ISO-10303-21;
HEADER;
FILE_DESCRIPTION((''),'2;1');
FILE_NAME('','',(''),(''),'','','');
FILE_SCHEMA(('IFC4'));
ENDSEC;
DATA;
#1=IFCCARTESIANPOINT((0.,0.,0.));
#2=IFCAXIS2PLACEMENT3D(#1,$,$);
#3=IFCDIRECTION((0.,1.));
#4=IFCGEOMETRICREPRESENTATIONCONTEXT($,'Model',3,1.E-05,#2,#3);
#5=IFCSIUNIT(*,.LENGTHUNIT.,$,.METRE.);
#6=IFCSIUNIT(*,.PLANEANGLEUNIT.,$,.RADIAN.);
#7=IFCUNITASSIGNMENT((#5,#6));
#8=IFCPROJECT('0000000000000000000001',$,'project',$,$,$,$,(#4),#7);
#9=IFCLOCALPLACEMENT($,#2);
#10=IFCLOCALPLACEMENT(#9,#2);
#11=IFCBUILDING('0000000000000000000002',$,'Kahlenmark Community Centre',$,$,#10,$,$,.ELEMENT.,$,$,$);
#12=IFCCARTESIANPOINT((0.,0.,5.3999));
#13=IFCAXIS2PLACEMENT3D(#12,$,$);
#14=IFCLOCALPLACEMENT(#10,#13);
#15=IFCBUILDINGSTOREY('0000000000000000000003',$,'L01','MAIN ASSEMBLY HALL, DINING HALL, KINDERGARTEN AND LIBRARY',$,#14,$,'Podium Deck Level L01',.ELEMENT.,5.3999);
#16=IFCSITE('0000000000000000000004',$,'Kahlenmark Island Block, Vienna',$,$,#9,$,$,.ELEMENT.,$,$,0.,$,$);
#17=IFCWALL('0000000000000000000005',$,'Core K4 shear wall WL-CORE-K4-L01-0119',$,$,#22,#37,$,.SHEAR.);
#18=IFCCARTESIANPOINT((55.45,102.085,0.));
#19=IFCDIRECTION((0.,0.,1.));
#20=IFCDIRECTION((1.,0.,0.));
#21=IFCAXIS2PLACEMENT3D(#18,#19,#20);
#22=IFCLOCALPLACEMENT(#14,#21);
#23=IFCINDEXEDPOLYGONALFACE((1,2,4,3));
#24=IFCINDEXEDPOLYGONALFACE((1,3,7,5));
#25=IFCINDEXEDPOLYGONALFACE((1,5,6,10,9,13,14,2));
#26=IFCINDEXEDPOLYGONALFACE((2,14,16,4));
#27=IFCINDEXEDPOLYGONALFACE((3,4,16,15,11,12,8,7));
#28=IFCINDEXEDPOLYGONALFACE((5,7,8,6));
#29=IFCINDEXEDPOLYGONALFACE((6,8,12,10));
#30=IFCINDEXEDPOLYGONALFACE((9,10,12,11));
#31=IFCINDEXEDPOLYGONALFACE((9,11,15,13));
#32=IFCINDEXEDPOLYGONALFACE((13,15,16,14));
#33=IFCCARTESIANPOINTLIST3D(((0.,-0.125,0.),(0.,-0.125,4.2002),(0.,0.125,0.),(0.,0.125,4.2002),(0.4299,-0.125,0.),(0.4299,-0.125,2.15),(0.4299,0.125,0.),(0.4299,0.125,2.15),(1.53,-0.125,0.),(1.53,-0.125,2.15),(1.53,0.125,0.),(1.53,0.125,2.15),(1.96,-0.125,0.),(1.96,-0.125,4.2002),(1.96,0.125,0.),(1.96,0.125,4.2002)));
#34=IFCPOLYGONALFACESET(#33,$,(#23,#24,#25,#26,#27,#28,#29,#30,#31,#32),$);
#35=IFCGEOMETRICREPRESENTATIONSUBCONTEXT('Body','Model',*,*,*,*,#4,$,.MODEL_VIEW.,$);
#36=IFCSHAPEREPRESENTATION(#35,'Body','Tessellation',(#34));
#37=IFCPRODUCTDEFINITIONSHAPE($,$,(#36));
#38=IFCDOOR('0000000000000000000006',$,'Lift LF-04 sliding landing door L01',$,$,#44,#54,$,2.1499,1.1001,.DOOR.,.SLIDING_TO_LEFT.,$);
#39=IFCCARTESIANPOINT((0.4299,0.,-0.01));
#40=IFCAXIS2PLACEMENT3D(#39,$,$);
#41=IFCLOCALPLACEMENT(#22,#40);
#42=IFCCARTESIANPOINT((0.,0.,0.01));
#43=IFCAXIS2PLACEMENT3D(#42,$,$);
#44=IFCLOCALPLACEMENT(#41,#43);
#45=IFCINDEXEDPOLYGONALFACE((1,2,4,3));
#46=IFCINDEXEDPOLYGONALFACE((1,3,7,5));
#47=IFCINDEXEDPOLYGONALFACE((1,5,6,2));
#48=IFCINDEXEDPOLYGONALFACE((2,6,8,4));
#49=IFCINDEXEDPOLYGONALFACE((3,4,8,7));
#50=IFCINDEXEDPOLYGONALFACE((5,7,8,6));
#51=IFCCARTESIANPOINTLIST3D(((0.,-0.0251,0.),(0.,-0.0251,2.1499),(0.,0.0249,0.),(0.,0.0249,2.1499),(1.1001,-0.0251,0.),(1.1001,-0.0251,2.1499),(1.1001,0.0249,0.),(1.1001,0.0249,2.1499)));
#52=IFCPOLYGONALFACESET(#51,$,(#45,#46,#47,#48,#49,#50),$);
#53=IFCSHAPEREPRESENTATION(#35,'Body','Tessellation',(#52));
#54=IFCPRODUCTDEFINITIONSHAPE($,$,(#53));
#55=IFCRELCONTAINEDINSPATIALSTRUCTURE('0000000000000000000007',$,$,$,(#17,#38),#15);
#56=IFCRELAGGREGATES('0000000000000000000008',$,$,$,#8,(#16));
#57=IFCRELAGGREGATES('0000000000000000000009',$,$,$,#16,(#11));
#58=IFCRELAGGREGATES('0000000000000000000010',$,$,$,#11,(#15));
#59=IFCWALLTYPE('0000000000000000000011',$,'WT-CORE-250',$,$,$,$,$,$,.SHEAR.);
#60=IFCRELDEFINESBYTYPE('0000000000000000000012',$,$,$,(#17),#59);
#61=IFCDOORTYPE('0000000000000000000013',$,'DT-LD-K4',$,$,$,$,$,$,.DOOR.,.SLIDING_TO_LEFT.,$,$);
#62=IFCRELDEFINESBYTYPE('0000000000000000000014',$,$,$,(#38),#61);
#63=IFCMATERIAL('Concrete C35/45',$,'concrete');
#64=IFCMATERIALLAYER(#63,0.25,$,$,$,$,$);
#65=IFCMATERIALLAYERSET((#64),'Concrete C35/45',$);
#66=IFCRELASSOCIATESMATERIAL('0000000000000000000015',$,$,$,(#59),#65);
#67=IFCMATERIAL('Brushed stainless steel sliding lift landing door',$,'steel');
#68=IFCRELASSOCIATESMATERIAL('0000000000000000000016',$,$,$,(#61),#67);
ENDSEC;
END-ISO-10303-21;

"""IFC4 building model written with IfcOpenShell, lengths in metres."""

from ifc_helpers import new_model, si_unit, direction, frame, frame_2d, origin, place, context, subcontext, project, spatial, rectangle, extrude, material, layer, layer_set, type_object, element, fill, save


model = new_model("IFC4")

# Units and contexts
model_context = context("Model", 3, precision=1e-05, world=origin(), true_north=direction((0.0, 1.0)))
body_context = subcontext(model_context, "Body", "Model", "MODEL_VIEW")
ifc_project = project(units=[si_unit("LENGTHUNIT", "METRE"), si_unit("PLANEANGLEUNIT", "RADIAN")], contexts=[model_context])

# Site, building, storey
site_placement = place(None, origin())
site = spatial("IfcSite", under=ifc_project, at=site_placement, Name="Kahlenmark Island Block, Vienna", CompositionType="ELEMENT", RefElevation=0.0)
building_placement = place(site_placement, origin())
building = spatial("IfcBuilding", under=site, at=building_placement, Name="Kahlenmark Community Centre", CompositionType="ELEMENT")
storey_placement = place(building_placement, frame((0.0, 0.0, 5.3999)))
storey = spatial("IfcBuildingStorey", under=building, at=storey_placement, Name="L01", Description="MAIN ASSEMBLY HALL, DINING HALL, KINDERGARTEN AND LIBRARY", LongName="Podium Deck Level L01", CompositionType="ELEMENT", Elevation=5.3999)

# Shared definitions
ifc_material_1 = material(Name="Concrete C35/45", Category="concrete")

# Shared definitions
ifc_layer_1 = layer(ifc_material_1, 0.25)
ifc_layer_set_1 = layer_set([ifc_layer_1], Name="Concrete C35/45")
wall_type_1 = type_object("IfcWallType", Name="WT-CORE-250", PredefinedType="SHEAR", material=ifc_layer_set_1)

# Wall, opening, door
wall_1_placement = place(storey_placement, frame((55.45, 102.085, 0.0), z_axis=(0.0, 0.0, 1.0), x_axis=(1.0, 0.0, 0.0)))
wall_1 = element("IfcWall", 1, at=wall_1_placement, inside=storey, type_object=wall_type_1, Name="Core K4 shear wall WL-CORE-K4-L01-0119", PredefinedType="SHEAR", context=body_context, shape_type="SweptSolid", body=[
    extrude(rectangle(XDim=1.96, YDim=0.25, at=frame_2d((0.98, 0.0))), origin(), (0.0, 0.0, 1.0), 4.2002),
])
opening_1_placement = place(wall_1_placement, frame((0.4299, 0.0, -0.01)))
opening_1 = element("IfcOpeningElement", 2, at=opening_1_placement, cuts=wall_1, PredefinedType="OPENING", context=body_context, shape_type="SweptSolid", body=[
    extrude(rectangle(XDim=1.1001, YDim=2.1599, at=frame_2d((0.55, 1.0801))), frame((0.0, 0.135, 0.0), z_axis=(0.0, -1.0, 0.0), x_axis=(1.0, 0.0, 0.0)), (0.0, 0.0, 1.0), 0.27),
])
ifc_material_2 = material(Name="Brushed stainless steel sliding lift landing door", Category="steel")
door_type = type_object("IfcDoorType", Name="DT-LD-K4", OperationType="SLIDING_TO_LEFT", PredefinedType="DOOR", material=ifc_material_2)
door_placement = place(opening_1_placement, frame((0.0, 0.0, 0.01)))
door = element("IfcDoor", 3, at=door_placement, inside=storey, type_object=door_type, Name="Lift LF-04 sliding landing door L01", OperationType="SLIDING_TO_LEFT", OverallHeight=2.1499, OverallWidth=1.1001, PredefinedType="DOOR", context=body_context, shape_type="SweptSolid", body=[
    extrude(rectangle(XDim=1.1001, YDim=2.1499, at=frame_2d((0.55, 1.075))), frame((0.0, 0.0249, 0.0), z_axis=(0.0, -1.0, 0.0), x_axis=(1.0, 0.0, 0.0)), (0.0, 0.0, 1.0), 0.05),
])
fill(opening_1, door)

save(model, "model.ifc")
